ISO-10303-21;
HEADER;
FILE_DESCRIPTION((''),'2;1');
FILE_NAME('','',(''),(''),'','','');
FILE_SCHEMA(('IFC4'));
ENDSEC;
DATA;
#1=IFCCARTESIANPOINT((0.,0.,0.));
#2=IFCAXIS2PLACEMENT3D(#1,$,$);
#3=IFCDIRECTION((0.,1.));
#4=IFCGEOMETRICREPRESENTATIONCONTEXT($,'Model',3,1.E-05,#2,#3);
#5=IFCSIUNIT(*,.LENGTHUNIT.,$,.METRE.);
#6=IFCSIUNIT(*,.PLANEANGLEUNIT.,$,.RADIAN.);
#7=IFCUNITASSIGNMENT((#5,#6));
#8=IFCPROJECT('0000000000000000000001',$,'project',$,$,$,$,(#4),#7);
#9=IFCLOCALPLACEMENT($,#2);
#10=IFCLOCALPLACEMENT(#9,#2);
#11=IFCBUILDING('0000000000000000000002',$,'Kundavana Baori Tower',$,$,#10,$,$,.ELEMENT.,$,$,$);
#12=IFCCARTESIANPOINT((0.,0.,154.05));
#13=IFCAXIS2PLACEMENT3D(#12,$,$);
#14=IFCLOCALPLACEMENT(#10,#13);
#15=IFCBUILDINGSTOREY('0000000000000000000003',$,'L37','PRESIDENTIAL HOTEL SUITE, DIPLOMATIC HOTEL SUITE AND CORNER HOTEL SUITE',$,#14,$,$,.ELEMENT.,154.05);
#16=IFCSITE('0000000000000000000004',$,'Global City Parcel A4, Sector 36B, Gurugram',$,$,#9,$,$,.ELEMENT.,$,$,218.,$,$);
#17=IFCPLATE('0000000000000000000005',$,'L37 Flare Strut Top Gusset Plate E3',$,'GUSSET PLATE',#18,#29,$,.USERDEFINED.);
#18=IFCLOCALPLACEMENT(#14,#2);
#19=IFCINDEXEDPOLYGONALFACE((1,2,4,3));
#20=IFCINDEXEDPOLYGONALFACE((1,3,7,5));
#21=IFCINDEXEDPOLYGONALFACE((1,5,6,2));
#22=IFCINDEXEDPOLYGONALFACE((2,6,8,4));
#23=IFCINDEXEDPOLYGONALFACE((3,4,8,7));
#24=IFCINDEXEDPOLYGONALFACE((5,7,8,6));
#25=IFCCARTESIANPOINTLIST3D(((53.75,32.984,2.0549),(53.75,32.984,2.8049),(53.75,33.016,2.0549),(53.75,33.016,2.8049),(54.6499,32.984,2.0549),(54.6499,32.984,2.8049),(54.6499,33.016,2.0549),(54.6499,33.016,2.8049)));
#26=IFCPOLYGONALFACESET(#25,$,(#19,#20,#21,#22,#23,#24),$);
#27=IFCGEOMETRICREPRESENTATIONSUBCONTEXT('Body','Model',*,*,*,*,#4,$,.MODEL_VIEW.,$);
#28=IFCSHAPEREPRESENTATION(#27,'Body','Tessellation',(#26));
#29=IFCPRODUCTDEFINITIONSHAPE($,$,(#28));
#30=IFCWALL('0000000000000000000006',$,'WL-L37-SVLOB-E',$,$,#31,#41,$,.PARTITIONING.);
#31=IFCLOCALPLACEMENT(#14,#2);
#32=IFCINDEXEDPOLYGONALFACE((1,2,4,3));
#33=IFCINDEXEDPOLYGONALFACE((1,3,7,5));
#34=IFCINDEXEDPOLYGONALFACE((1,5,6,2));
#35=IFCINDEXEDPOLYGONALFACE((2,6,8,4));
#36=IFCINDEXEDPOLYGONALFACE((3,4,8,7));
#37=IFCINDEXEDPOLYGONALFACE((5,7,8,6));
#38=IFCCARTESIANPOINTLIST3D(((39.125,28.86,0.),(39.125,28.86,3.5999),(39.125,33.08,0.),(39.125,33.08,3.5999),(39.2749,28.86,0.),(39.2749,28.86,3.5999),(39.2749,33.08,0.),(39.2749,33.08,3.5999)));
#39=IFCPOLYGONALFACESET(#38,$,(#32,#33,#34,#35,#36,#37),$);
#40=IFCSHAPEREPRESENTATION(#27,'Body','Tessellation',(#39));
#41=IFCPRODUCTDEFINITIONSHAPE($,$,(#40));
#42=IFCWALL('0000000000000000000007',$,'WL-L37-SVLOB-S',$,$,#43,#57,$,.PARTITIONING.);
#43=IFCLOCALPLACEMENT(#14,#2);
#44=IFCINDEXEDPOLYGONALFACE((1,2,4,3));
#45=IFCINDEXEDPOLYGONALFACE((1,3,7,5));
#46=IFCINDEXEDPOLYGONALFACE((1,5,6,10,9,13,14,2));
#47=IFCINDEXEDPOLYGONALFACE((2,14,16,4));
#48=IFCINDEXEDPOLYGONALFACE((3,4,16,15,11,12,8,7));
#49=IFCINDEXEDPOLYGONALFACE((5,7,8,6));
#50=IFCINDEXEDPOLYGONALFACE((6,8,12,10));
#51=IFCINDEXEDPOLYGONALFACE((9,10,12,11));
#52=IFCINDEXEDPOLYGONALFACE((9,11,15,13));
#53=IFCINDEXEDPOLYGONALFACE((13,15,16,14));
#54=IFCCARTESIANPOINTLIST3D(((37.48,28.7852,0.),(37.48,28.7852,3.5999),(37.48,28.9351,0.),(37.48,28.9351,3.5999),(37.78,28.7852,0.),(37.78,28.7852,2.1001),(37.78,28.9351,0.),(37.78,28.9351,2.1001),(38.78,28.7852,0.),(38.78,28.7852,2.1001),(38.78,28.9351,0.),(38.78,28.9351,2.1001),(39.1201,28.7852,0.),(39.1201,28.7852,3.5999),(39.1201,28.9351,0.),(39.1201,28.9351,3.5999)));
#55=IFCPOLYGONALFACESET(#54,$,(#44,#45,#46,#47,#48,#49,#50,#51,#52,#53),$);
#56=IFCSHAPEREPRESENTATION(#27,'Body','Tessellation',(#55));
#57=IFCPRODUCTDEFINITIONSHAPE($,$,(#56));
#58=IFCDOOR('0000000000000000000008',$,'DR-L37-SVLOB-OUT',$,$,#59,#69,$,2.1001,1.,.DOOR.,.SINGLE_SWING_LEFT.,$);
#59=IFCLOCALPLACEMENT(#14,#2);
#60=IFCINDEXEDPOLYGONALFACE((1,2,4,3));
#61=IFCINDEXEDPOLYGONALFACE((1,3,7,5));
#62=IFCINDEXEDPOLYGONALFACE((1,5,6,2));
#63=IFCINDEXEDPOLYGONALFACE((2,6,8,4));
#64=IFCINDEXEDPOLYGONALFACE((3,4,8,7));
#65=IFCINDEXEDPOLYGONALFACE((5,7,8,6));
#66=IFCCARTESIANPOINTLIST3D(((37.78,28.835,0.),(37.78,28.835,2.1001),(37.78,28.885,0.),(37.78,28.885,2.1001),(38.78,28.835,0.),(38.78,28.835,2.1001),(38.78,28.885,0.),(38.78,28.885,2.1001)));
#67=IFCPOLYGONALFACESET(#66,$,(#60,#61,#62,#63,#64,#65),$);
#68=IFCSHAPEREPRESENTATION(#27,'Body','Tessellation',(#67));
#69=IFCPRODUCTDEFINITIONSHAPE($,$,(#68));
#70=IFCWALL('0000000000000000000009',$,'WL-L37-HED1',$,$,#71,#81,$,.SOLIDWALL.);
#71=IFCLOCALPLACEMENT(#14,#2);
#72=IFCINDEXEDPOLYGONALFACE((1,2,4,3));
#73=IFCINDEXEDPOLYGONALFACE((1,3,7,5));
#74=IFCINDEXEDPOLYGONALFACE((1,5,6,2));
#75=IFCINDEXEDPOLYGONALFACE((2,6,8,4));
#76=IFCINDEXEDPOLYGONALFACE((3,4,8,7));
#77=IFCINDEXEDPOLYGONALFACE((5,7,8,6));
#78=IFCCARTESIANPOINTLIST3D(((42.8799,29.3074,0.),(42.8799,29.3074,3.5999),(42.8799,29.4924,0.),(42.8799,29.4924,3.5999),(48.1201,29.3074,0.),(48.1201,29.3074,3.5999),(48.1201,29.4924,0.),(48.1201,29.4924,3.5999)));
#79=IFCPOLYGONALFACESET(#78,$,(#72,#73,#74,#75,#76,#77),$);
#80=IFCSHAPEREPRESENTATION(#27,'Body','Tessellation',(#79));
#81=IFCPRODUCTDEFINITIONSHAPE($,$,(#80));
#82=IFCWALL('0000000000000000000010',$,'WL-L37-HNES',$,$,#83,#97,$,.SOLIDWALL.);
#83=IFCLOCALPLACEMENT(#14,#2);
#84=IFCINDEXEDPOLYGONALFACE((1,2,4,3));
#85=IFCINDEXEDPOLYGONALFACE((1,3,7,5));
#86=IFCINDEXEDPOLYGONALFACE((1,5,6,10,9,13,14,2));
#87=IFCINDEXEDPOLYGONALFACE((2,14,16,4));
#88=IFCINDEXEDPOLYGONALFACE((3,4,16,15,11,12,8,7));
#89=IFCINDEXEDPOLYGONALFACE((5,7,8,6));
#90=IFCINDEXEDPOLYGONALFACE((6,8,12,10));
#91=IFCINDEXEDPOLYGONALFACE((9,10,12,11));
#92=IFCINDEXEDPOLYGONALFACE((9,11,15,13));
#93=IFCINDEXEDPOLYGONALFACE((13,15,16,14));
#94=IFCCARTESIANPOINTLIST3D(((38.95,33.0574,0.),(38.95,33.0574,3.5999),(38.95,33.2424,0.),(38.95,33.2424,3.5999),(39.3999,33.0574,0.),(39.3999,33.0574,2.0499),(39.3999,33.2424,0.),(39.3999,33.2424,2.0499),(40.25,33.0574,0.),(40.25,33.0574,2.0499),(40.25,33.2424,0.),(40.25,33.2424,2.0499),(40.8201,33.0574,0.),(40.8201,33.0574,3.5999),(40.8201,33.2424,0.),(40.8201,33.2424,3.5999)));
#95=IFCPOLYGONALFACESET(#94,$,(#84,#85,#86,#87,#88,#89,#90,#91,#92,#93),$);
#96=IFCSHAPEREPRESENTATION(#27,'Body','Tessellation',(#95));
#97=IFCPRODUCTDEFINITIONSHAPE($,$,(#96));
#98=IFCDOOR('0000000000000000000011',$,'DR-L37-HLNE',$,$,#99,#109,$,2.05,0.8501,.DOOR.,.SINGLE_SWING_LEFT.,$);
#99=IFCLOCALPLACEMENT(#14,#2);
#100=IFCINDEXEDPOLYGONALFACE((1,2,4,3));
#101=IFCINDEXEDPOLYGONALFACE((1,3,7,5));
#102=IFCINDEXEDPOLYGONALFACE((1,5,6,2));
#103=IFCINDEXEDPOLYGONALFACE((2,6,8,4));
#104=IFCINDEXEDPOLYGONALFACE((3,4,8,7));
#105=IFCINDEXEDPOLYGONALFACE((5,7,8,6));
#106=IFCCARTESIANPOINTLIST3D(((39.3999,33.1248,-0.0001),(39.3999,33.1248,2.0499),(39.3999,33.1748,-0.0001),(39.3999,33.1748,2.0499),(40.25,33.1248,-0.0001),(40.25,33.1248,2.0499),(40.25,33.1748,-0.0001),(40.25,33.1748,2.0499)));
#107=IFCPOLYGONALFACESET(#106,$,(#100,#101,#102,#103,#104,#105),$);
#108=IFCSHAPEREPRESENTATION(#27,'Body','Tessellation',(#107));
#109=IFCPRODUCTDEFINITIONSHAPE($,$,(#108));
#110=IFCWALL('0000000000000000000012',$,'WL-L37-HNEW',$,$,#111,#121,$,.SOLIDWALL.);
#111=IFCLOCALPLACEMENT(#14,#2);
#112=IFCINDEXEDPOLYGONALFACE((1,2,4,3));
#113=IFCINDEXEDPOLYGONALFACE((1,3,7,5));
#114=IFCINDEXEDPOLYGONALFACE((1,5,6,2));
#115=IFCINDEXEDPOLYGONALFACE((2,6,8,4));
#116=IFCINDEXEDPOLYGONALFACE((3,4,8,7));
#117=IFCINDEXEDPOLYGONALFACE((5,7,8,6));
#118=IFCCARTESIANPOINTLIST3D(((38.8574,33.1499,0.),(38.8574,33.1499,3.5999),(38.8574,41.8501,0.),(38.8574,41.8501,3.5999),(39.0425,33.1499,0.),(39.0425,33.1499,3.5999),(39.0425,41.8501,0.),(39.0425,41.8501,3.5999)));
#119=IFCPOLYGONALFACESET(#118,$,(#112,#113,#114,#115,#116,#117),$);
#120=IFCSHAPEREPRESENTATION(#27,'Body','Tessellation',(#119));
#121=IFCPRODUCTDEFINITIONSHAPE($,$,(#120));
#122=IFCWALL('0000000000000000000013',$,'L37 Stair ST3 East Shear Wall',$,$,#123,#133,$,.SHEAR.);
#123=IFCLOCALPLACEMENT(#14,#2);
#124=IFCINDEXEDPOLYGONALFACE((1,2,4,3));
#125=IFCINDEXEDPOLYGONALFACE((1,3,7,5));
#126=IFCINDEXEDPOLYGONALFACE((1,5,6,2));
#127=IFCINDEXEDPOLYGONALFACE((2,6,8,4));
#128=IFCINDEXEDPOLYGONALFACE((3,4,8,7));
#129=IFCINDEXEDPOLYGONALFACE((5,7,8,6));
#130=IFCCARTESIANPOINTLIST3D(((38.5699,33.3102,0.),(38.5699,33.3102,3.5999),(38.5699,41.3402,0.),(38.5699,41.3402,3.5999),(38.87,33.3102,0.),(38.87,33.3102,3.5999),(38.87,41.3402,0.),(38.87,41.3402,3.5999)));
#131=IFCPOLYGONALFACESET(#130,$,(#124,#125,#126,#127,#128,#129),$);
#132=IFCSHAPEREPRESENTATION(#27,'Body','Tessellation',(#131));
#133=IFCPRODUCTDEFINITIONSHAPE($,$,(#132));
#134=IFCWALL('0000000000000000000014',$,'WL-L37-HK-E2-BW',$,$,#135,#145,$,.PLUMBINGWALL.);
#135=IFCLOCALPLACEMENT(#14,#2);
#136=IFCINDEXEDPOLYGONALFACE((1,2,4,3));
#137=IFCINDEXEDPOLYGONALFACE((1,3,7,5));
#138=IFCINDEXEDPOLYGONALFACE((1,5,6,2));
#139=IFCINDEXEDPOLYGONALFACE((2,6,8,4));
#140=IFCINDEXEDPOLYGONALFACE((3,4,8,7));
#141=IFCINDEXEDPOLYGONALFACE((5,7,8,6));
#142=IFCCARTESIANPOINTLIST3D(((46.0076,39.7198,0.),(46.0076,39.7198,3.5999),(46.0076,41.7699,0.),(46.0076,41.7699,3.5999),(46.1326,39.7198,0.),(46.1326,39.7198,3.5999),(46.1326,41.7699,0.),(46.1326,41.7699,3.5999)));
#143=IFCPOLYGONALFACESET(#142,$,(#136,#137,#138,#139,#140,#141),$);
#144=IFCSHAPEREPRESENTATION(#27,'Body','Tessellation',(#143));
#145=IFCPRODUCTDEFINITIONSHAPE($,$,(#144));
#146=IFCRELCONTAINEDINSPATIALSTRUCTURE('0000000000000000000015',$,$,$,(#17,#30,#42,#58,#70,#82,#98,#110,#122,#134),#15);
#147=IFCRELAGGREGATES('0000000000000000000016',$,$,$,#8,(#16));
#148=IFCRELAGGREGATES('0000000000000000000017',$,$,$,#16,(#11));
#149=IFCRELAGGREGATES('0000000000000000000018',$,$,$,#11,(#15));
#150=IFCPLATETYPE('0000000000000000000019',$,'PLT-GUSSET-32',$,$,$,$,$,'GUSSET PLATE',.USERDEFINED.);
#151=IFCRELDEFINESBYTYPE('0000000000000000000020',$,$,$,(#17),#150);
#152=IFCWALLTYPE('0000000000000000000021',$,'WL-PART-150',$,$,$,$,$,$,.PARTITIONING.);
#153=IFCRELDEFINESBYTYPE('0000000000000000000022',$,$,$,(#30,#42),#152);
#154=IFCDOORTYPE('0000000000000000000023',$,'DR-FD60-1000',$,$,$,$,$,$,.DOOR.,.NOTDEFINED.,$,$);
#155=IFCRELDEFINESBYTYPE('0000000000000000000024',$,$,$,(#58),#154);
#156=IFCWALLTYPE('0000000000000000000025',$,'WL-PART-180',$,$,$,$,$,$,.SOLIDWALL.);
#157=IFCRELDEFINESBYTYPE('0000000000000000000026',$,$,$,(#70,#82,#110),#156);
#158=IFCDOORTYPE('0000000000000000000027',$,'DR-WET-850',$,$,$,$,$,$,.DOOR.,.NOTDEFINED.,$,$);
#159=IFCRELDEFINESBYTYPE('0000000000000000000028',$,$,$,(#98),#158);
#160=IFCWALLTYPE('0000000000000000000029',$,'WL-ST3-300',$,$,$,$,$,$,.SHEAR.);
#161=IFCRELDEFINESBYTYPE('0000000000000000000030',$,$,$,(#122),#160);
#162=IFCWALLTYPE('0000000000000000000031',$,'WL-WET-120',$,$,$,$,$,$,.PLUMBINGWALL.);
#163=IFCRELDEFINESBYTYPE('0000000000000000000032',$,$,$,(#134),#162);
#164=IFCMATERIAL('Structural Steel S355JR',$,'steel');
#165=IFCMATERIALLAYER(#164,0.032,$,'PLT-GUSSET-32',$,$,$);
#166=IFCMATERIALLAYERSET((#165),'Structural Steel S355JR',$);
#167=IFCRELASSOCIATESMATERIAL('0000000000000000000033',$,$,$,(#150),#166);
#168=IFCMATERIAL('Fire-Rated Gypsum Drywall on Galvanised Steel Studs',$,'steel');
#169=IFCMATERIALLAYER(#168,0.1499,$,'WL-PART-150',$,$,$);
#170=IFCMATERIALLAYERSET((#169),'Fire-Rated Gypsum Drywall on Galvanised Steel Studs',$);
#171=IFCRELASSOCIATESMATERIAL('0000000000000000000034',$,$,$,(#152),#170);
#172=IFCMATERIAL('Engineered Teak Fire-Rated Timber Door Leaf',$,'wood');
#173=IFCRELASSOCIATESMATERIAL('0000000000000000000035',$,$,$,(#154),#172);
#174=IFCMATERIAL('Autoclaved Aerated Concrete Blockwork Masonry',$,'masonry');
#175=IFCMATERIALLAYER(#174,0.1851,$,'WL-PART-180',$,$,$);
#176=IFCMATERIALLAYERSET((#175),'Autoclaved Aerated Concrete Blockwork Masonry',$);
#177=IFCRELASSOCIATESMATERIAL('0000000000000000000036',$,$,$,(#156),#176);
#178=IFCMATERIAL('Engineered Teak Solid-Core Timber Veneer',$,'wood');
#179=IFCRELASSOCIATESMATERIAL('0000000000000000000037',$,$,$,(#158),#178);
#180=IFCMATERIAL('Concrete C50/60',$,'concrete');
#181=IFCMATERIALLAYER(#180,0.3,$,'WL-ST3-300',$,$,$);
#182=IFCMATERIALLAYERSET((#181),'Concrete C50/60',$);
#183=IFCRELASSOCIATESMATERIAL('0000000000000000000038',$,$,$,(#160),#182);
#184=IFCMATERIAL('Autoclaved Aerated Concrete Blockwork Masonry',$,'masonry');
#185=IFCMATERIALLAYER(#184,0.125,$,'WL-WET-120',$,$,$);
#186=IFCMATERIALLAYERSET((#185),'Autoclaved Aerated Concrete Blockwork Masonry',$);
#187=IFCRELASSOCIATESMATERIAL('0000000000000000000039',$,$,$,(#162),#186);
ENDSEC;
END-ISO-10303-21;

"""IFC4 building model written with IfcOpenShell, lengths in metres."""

from ifc_helpers import new_model, si_unit, direction, frame, frame_2d, origin, origin_2d, place, context, subcontext, project, spatial, rectangle, extrude, material, layer, layer_set, type_object, element, fill, save


model = new_model("IFC4")

# Units and contexts
model_context = context("Model", 3, precision=1e-05, world=origin(), true_north=direction((0.0, 1.0)))
body_context = subcontext(model_context, "Body", "Model", "MODEL_VIEW")
ifc_project = project(units=[si_unit("LENGTHUNIT", "METRE"), si_unit("PLANEANGLEUNIT", "RADIAN")], contexts=[model_context])

# Site, building, storey
site_placement = place(None, origin())
site = spatial("IfcSite", under=ifc_project, at=site_placement, Name="Global City Parcel A4, Sector 36B, Gurugram", CompositionType="ELEMENT", RefElevation=218.0)
building_placement = place(site_placement, origin())
building = spatial("IfcBuilding", under=site, at=building_placement, Name="Kundavana Baori Tower", CompositionType="ELEMENT")
storey_placement = place(building_placement, frame((0.0, 0.0, 154.05)))
storey = spatial("IfcBuildingStorey", under=building, at=storey_placement, Name="L37", Description="PRESIDENTIAL HOTEL SUITE, DIPLOMATIC HOTEL SUITE AND CORNER HOTEL SUITE", CompositionType="ELEMENT", Elevation=154.05)

# Plate
ifc_material_1 = material(Name="Structural Steel S355JR", Category="steel")
ifc_layer_1 = layer(ifc_material_1, 0.032, Name="PLT-GUSSET-32")
ifc_layer_set_1 = layer_set([ifc_layer_1], Name="Structural Steel S355JR")
plate_type = type_object("IfcPlateType", Name="PLT-GUSSET-32", ElementType="GUSSET PLATE", PredefinedType="USERDEFINED", material=ifc_layer_set_1)
for number, where, z_axis, x_axis, name in (
    (1, (54.2, 33.0, 2.0549), (0.0, 0.0, 1.0), (1.0, 0.0, 0.0), "L37 Flare Strut Top Gusset Plate E3"),
):
    element("IfcPlate", number, at=place(storey_placement, frame(where, z_axis=z_axis, x_axis=x_axis)), inside=storey, type_object=plate_type, Name=name, ObjectType="GUSSET PLATE", PredefinedType="USERDEFINED", context=body_context, shape_type="SweptSolid", body=[
        extrude(rectangle(XDim=0.8999, YDim=0.032, at=origin_2d()), origin(), (0.0, 0.0, 1.0), 0.75),
    ])

# Wall
ifc_material_2 = material(Name="Fire-Rated Gypsum Drywall on Galvanised Steel Studs", Category="steel")
ifc_layer_2 = layer(ifc_material_2, 0.1499, Name="WL-PART-150")
ifc_layer_set_2 = layer_set([ifc_layer_2], Name="Fire-Rated Gypsum Drywall on Galvanised Steel Studs")
wall_type_1 = type_object("IfcWallType", Name="WL-PART-150", PredefinedType="PARTITIONING", material=ifc_layer_set_2)
wall_1_placement = place(storey_placement, frame((39.2, 28.8601, 0.0), z_axis=(0.0, 0.0, 1.0), x_axis=(0.0, 1.0, 0.0)))
element("IfcWall", 2, at=wall_1_placement, inside=storey, type_object=wall_type_1, Name="WL-L37-SVLOB-E", PredefinedType="PARTITIONING", context=body_context, shape_type="SweptSolid", body=[
    extrude(rectangle(XDim=4.22, YDim=0.1499, at=frame_2d((2.1099, 0.0))), origin(), (0.0, 0.0, 1.0), 3.5999),
])

# Wall, opening, door
wall_2_placement = place(storey_placement, frame((37.48, 28.8601, 0.0), z_axis=(0.0, 0.0, 1.0), x_axis=(1.0, 0.0, 0.0)))
wall_2 = element("IfcWall", 3, at=wall_2_placement, inside=storey, type_object=wall_type_1, Name="WL-L37-SVLOB-S", PredefinedType="PARTITIONING", context=body_context, shape_type="SweptSolid", body=[
    extrude(rectangle(XDim=1.6401, YDim=0.1499, at=frame_2d((0.8201, 0.0))), origin(), (0.0, 0.0, 1.0), 3.5999),
])
opening_1_placement = place(wall_2_placement, frame((0.3, 0.0, 0.0)))
opening_1 = element("IfcOpeningElement", 4, at=opening_1_placement, cuts=wall_2, PredefinedType="OPENING", context=body_context, shape_type="SweptSolid", body=[
    extrude(rectangle(XDim=1.0, YDim=2.1001, at=frame_2d((0.5, 1.05))), frame((0.0, 0.085, 0.0), z_axis=(0.0, -1.0, 0.0), x_axis=(1.0, 0.0, 0.0)), (0.0, 0.0, 1.0), 0.1699),
])
ifc_material_3 = material(Name="Engineered Teak Fire-Rated Timber Door Leaf", Category="wood")
door_type_1 = type_object("IfcDoorType", Name="DR-FD60-1000", OperationType="NOTDEFINED", PredefinedType="DOOR", material=ifc_material_3)
door_1_placement = place(opening_1_placement, origin())
door_1 = element("IfcDoor", 5, at=door_1_placement, inside=storey, type_object=door_type_1, Name="DR-L37-SVLOB-OUT", OperationType="SINGLE_SWING_LEFT", OverallHeight=2.1001, OverallWidth=1.0, PredefinedType="DOOR", context=body_context, shape_type="SweptSolid", body=[
    extrude(rectangle(XDim=1.0, YDim=2.1001, at=frame_2d((0.5, 1.05))), frame((0.0, 0.0249, 0.0), z_axis=(0.0, -1.0, 0.0), x_axis=(1.0, 0.0, 0.0)), (0.0, 0.0, 1.0), 0.05),
])
fill(opening_1, door_1)

# Wall
ifc_material_4 = material(Name="Autoclaved Aerated Concrete Blockwork Masonry", Category="masonry")
ifc_layer_3 = layer(ifc_material_4, 0.1851, Name="WL-PART-180")
ifc_layer_set_3 = layer_set([ifc_layer_3], Name="Autoclaved Aerated Concrete Blockwork Masonry")
wall_type_2 = type_object("IfcWallType", Name="WL-PART-180", PredefinedType="SOLIDWALL", material=ifc_layer_set_3)
wall_3_placement = place(storey_placement, frame((42.8799, 29.3999, 0.0), z_axis=(0.0, 0.0, 1.0), x_axis=(1.0, 0.0, 0.0)))
element("IfcWall", 6, at=wall_3_placement, inside=storey, type_object=wall_type_2, Name="WL-L37-HED1", PredefinedType="SOLIDWALL", context=body_context, shape_type="SweptSolid", body=[
    extrude(rectangle(XDim=5.2402, YDim=0.1851, at=frame_2d((2.6201, 0.0))), origin(), (0.0, 0.0, 1.0), 3.5999),
])

# Wall, opening, door
wall_4_placement = place(storey_placement, frame((38.95, 33.1499, 0.0), z_axis=(0.0, 0.0, 1.0), x_axis=(1.0, 0.0, 0.0)))
wall_4 = element("IfcWall", 7, at=wall_4_placement, inside=storey, type_object=wall_type_2, Name="WL-L37-HNES", PredefinedType="SOLIDWALL", context=body_context, shape_type="SweptSolid", body=[
    extrude(rectangle(XDim=1.8701, YDim=0.1851, at=frame_2d((0.9351, 0.0))), origin(), (0.0, 0.0, 1.0), 3.5999),
])
opening_2_placement = place(wall_4_placement, frame((0.45, 0.0, 0.0)))
opening_2 = element("IfcOpeningElement", 8, at=opening_2_placement, cuts=wall_4, PredefinedType="OPENING", context=body_context, shape_type="SweptSolid", body=[
    extrude(rectangle(XDim=0.8501, YDim=2.05, at=frame_2d((0.425, 1.0249))), frame((0.0, 0.1025, 0.0), z_axis=(0.0, -1.0, 0.0), x_axis=(1.0, 0.0, 0.0)), (0.0, 0.0, 1.0), 0.2051),
])
ifc_material_5 = material(Name="Engineered Teak Solid-Core Timber Veneer", Category="wood")
door_type_2 = type_object("IfcDoorType", Name="DR-WET-850", OperationType="NOTDEFINED", PredefinedType="DOOR", material=ifc_material_5)
door_2_placement = place(opening_2_placement, origin())
door_2 = element("IfcDoor", 9, at=door_2_placement, inside=storey, type_object=door_type_2, Name="DR-L37-HLNE", OperationType="SINGLE_SWING_LEFT", OverallHeight=2.05, OverallWidth=0.8501, PredefinedType="DOOR", context=body_context, shape_type="SweptSolid", body=[
    extrude(rectangle(XDim=0.8501, YDim=2.05, at=frame_2d((0.425, 1.0249))), frame((0.0, 0.0249, 0.0), z_axis=(0.0, -1.0, 0.0), x_axis=(1.0, 0.0, 0.0)), (0.0, 0.0, 1.0), 0.05),
])
fill(opening_2, door_2)

# Wall
wall_5_placement = place(storey_placement, frame((38.95, 33.1499, 0.0), z_axis=(0.0, 0.0, 1.0), x_axis=(0.0, 1.0, 0.0)))
element("IfcWall", 10, at=wall_5_placement, inside=storey, type_object=wall_type_2, Name="WL-L37-HNEW", PredefinedType="SOLIDWALL", context=body_context, shape_type="SweptSolid", body=[
    extrude(rectangle(XDim=8.7002, YDim=0.1851, at=frame_2d((4.3501, 0.0))), origin(), (0.0, 0.0, 1.0), 3.5999),
])

# Walls
ifc_material_6 = material(Name="Concrete C50/60", Category="concrete")
ifc_layer_4 = layer(ifc_material_6, 0.3, Name="WL-ST3-300")
ifc_layer_set_4 = layer_set([ifc_layer_4], Name="Concrete C50/60")
wall_type_3 = type_object("IfcWallType", Name="WL-ST3-300", PredefinedType="SHEAR", material=ifc_layer_set_4)
wall_6_placement = place(storey_placement, frame((38.72, 33.3101, 0.0), z_axis=(0.0, 0.0, 1.0), x_axis=(0.0, 1.0, 0.0)))
element("IfcWall", 11, at=wall_6_placement, inside=storey, type_object=wall_type_3, Name="L37 Stair ST3 East Shear Wall", PredefinedType="SHEAR", context=body_context, shape_type="SweptSolid", body=[
    extrude(rectangle(XDim=8.03, YDim=0.3, at=frame_2d((4.0151, 0.0))), origin(), (0.0, 0.0, 1.0), 3.5999),
])
ifc_material_7 = material(Name="Autoclaved Aerated Concrete Blockwork Masonry", Category="masonry")
ifc_layer_5 = layer(ifc_material_7, 0.125, Name="WL-WET-120")
ifc_layer_set_5 = layer_set([ifc_layer_5], Name="Autoclaved Aerated Concrete Blockwork Masonry")
wall_type_4 = type_object("IfcWallType", Name="WL-WET-120", PredefinedType="PLUMBINGWALL", material=ifc_layer_set_5)
wall_7_placement = place(storey_placement, frame((46.0701, 39.72, 0.0), z_axis=(0.0, 0.0, 1.0), x_axis=(0.0, 1.0, 0.0)))
element("IfcWall", 12, at=wall_7_placement, inside=storey, type_object=wall_type_4, Name="WL-L37-HK-E2-BW", PredefinedType="PLUMBINGWALL", context=body_context, shape_type="SweptSolid", body=[
    extrude(rectangle(XDim=2.05, YDim=0.125, at=frame_2d((1.0249, 0.0))), origin(), (0.0, 0.0, 1.0), 3.5999),
])

save(model, "model.ifc")
